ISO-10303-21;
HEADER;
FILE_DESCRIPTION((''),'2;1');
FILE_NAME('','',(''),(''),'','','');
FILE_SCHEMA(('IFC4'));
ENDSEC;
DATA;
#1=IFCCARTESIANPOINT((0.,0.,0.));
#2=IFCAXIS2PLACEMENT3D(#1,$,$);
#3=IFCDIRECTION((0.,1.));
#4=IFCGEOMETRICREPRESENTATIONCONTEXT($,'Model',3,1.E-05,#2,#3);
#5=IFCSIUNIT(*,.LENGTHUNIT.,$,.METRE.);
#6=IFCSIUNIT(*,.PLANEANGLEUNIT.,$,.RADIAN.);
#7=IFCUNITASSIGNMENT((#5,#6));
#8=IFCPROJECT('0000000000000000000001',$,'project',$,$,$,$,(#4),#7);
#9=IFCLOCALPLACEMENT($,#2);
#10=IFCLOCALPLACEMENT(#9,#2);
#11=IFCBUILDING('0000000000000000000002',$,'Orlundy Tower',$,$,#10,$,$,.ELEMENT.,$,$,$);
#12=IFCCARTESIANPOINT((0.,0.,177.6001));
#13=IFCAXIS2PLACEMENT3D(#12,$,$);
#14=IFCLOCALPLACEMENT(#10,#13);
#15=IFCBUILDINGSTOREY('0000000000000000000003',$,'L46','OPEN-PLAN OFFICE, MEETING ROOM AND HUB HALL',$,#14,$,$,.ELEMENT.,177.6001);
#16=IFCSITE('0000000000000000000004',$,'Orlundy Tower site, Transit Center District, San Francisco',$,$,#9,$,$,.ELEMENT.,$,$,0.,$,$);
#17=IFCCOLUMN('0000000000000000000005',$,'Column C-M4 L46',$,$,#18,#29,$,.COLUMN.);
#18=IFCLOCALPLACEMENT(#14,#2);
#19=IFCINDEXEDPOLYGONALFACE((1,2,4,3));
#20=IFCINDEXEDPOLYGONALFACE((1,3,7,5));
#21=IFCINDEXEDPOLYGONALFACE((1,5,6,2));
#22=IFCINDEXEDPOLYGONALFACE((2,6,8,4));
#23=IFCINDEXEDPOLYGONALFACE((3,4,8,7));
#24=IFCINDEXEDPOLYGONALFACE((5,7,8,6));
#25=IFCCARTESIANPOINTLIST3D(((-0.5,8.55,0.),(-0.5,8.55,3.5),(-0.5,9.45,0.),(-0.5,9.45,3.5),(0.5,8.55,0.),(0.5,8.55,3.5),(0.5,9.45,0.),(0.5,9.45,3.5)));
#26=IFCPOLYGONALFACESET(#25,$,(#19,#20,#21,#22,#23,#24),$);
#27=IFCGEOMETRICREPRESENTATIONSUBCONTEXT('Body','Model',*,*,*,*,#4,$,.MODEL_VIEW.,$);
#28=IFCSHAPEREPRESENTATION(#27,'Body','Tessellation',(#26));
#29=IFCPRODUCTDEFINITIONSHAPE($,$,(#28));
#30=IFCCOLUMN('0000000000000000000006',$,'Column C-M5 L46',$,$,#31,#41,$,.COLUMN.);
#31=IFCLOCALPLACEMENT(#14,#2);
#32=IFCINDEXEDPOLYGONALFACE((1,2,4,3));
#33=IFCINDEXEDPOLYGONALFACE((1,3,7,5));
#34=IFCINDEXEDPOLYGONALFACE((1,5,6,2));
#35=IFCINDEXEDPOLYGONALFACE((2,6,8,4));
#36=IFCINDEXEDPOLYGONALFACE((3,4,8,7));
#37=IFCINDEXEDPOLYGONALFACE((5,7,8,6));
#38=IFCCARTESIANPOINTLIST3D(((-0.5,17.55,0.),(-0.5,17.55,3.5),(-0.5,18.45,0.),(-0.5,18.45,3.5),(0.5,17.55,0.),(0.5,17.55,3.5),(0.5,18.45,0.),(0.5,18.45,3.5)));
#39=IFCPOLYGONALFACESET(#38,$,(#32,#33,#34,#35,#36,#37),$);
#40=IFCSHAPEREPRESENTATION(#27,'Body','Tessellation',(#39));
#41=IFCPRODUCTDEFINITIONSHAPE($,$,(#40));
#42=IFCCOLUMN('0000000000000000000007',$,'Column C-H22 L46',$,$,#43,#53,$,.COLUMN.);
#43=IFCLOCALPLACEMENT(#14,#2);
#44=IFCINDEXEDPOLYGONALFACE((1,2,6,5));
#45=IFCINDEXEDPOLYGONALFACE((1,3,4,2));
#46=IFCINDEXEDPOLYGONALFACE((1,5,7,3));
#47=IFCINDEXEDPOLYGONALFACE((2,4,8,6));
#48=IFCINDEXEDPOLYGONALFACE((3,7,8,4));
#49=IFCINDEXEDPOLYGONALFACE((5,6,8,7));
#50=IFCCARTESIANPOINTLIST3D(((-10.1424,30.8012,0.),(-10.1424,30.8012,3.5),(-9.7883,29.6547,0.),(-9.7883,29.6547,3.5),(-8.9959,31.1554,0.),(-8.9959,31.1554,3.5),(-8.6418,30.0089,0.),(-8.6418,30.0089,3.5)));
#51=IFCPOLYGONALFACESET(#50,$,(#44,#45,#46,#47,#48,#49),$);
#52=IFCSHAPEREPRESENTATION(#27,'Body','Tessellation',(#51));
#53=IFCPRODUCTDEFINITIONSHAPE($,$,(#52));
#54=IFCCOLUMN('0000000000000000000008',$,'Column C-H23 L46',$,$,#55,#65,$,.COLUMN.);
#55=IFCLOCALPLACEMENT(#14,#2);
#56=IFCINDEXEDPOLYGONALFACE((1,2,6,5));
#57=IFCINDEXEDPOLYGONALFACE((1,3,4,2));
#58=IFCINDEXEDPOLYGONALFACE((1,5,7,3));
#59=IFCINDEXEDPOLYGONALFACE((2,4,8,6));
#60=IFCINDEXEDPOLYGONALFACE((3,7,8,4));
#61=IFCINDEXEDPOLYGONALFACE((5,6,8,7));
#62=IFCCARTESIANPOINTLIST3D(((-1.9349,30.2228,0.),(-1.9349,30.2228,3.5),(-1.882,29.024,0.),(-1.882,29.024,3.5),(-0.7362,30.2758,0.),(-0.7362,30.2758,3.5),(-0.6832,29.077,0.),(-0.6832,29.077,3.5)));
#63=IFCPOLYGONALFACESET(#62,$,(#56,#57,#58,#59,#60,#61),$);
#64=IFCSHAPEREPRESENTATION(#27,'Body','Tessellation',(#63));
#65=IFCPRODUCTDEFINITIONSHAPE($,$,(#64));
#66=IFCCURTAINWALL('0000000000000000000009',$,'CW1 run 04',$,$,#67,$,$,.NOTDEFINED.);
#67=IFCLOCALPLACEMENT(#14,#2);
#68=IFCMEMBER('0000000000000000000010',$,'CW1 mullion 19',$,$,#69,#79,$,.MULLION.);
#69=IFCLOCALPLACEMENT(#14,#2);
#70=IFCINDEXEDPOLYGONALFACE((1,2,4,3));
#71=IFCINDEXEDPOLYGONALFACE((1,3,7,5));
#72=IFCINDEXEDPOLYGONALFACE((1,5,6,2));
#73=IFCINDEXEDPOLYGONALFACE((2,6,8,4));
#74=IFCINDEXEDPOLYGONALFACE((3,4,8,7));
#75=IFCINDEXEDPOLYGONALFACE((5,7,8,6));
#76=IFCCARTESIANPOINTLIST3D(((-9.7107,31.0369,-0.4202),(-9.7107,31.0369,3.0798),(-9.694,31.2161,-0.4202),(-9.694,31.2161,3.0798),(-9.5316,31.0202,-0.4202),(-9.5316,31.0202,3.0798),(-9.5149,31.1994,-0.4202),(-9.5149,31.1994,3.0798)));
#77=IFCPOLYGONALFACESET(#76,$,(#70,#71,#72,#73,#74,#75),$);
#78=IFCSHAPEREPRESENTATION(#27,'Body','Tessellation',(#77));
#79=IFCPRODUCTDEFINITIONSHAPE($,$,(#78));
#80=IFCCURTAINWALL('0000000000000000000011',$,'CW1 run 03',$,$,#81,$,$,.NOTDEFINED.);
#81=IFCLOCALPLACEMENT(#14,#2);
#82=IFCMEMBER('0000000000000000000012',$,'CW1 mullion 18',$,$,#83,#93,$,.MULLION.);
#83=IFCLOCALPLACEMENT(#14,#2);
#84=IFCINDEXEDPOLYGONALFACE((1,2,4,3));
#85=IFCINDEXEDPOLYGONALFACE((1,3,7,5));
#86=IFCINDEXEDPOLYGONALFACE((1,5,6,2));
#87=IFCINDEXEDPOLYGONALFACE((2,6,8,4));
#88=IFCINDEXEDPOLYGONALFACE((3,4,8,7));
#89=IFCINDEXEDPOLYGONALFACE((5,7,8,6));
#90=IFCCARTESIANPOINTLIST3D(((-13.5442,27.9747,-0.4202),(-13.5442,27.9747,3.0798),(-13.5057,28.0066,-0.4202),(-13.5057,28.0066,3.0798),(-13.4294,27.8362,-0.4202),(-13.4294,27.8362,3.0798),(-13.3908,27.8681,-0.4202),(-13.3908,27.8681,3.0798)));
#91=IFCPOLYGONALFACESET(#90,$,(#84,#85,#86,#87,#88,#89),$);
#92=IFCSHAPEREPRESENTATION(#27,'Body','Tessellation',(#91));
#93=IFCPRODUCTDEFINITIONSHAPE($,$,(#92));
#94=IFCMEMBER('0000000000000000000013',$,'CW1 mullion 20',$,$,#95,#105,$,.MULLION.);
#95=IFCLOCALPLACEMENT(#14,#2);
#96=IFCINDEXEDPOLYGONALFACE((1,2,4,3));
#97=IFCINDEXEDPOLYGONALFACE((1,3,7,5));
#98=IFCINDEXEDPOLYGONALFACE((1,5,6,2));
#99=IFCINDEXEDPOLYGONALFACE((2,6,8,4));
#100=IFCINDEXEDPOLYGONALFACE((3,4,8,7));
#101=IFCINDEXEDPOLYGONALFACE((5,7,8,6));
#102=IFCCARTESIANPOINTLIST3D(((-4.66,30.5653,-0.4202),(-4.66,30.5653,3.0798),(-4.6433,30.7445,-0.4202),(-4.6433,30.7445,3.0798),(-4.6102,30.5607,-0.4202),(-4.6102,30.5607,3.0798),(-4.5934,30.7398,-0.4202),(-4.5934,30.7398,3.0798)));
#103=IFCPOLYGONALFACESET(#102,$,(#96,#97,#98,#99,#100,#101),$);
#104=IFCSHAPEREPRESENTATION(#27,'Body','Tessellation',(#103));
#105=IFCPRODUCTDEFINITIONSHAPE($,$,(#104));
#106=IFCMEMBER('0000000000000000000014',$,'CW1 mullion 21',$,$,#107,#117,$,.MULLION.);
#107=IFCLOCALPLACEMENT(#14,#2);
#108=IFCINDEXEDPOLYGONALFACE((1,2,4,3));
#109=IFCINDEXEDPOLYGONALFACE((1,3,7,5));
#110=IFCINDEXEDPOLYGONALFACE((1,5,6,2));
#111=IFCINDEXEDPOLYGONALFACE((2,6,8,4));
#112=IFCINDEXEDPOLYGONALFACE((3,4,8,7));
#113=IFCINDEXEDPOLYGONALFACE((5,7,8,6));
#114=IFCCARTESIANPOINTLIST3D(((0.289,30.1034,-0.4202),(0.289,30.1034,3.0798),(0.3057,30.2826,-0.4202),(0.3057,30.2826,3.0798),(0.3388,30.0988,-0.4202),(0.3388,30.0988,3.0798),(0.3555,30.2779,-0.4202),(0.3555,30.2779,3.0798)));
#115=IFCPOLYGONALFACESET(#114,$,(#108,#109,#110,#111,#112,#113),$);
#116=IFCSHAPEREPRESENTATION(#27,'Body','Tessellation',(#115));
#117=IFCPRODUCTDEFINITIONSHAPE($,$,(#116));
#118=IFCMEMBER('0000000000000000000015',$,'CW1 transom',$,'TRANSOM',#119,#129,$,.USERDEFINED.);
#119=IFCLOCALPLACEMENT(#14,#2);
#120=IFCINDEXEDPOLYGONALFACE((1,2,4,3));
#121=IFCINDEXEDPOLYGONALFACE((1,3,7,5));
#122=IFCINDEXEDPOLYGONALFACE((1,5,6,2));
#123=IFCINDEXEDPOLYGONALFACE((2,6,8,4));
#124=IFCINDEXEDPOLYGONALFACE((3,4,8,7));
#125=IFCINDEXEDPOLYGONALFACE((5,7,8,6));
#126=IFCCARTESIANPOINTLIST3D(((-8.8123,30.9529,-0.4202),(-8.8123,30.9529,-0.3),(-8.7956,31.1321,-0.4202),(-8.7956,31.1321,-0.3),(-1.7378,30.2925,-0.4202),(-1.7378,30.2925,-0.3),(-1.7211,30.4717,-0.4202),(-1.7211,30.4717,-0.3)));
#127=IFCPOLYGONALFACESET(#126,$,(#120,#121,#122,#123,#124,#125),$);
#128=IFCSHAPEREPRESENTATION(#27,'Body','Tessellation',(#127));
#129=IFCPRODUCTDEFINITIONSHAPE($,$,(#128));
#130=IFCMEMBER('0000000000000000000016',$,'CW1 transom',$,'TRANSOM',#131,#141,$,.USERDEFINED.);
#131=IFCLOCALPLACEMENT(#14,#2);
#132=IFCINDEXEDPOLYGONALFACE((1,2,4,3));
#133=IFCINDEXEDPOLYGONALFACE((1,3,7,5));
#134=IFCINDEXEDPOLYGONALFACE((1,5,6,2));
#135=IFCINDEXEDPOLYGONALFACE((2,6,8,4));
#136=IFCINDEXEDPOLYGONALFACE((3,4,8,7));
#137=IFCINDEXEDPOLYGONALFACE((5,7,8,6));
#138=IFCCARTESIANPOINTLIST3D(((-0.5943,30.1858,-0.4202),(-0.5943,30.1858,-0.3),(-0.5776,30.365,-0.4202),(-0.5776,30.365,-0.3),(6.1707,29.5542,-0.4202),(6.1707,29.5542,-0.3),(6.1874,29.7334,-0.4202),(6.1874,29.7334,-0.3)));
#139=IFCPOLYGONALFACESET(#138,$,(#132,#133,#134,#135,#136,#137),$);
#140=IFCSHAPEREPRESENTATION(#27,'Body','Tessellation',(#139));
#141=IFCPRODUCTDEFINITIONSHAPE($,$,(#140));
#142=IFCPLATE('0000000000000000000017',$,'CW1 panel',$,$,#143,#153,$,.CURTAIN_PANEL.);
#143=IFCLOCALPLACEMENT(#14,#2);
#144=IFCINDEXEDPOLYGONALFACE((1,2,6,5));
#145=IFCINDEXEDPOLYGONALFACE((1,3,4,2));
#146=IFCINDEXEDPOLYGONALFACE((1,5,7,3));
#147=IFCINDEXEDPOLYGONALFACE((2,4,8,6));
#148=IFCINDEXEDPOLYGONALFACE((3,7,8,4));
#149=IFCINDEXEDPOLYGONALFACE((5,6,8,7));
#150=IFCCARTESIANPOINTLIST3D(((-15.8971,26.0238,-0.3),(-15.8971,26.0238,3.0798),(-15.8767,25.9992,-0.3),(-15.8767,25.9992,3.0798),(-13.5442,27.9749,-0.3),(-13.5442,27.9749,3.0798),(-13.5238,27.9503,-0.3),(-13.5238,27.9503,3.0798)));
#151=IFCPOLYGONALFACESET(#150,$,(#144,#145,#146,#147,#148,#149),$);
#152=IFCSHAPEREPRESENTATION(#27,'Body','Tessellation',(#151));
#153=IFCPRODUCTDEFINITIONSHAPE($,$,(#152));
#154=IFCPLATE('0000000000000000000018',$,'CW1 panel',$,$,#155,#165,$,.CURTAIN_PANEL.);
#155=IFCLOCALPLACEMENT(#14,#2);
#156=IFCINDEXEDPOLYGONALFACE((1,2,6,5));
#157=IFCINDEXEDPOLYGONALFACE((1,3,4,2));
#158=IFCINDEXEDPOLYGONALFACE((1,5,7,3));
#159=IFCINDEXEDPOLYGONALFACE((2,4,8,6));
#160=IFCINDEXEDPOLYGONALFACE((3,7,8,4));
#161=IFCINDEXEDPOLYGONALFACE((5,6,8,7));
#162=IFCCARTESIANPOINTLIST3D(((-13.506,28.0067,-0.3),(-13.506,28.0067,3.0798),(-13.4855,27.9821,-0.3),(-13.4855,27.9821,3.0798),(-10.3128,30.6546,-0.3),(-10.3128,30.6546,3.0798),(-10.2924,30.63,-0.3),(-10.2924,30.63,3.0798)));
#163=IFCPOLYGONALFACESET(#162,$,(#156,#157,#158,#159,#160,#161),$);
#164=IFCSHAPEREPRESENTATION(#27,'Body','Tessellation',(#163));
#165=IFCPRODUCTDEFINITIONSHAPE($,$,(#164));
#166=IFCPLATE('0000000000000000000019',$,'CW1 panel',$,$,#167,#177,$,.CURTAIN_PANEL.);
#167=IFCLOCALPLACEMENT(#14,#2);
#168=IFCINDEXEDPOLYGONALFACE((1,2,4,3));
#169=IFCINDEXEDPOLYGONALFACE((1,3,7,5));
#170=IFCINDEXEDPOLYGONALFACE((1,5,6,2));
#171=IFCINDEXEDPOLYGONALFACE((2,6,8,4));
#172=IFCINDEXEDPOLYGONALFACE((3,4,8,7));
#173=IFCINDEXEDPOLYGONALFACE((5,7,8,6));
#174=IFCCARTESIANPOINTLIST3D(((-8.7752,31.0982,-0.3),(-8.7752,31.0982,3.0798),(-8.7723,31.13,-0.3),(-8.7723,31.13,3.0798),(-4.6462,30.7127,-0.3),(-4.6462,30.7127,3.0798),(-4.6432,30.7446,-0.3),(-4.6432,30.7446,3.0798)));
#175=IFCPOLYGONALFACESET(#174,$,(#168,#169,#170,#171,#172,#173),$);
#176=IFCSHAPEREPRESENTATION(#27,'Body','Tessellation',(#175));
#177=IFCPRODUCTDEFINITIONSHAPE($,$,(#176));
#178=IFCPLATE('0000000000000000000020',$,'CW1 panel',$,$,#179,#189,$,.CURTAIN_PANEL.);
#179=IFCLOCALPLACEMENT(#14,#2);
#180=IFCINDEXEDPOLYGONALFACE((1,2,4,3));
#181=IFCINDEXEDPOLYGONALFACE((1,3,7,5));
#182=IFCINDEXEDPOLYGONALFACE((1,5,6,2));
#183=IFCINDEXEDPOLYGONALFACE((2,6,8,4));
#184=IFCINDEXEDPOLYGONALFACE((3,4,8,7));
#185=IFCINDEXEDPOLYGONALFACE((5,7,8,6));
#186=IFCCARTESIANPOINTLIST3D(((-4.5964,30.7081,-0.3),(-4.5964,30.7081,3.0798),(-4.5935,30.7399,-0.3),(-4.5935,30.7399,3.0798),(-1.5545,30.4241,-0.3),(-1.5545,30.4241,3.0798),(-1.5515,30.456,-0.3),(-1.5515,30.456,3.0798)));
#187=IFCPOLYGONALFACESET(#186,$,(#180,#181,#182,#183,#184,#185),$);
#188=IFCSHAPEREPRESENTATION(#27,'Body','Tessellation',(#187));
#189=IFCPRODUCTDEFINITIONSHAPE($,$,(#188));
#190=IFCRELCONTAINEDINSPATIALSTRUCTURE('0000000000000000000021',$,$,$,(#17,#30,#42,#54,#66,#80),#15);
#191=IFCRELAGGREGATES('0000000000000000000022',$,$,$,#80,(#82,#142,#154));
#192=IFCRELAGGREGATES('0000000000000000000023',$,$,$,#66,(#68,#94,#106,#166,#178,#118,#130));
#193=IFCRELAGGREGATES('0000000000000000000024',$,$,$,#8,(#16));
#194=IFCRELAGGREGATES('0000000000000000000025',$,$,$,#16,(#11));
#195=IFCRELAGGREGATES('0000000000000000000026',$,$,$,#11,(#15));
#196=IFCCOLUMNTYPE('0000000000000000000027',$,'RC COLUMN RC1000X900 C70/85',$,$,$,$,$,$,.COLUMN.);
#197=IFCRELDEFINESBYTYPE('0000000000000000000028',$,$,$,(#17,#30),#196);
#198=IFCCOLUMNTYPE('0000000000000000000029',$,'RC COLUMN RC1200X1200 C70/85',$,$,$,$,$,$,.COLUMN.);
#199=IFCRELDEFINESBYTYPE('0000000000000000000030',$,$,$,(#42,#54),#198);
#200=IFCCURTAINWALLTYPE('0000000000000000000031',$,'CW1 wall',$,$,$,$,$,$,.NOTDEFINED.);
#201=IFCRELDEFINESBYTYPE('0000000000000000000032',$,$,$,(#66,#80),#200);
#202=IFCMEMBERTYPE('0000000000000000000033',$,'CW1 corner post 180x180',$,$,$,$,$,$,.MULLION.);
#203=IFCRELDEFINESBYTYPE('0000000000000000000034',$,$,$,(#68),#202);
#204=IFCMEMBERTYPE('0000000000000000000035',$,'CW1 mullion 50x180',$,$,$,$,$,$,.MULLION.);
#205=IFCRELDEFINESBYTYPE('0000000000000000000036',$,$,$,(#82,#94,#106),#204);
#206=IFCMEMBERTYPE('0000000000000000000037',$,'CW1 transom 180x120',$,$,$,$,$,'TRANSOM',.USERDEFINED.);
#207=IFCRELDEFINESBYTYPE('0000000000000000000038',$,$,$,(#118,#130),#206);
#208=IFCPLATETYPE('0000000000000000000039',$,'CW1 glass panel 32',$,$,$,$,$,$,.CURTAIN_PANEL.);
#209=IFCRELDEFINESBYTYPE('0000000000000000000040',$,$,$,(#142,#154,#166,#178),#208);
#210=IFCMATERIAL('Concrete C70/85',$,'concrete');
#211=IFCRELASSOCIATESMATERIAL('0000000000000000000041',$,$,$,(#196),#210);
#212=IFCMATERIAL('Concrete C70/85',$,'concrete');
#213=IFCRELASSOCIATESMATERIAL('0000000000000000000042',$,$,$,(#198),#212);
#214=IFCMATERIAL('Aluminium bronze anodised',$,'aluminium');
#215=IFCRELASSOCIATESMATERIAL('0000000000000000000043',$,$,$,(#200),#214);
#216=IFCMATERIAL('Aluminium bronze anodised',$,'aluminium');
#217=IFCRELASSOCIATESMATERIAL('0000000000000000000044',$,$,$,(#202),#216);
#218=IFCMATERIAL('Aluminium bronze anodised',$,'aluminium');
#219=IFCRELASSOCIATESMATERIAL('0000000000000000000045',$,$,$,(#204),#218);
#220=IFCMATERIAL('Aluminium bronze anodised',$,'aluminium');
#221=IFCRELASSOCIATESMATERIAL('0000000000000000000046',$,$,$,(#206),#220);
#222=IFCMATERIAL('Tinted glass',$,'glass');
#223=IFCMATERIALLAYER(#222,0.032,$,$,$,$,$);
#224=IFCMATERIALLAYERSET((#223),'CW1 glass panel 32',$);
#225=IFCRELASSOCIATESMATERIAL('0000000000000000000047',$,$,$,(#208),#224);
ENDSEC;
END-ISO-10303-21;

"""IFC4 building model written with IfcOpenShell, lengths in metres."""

from ifc_helpers import new_model, si_unit, direction, frame, origin, origin_2d, place, context, subcontext, project, spatial, rectangle, extrude, material, layer, layer_set, material_profile, profile_set, type_object, element, aggregate, save


model = new_model("IFC4")

# Units and contexts
model_context = context("Model", 3, precision=1e-05, world=origin(), true_north=direction((0.0, 1.0)))
body_context = subcontext(model_context, "Body", "Model", "MODEL_VIEW")
ifc_project = project(units=[si_unit("LENGTHUNIT", "METRE"), si_unit("PLANEANGLEUNIT", "RADIAN")], contexts=[model_context])

# Site, building, storey
site_placement = place(None, origin())
site = spatial("IfcSite", under=ifc_project, at=site_placement, Name="Orlundy Tower site, Transit Center District, San Francisco", CompositionType="ELEMENT", RefElevation=0.0)
building_placement = place(site_placement, origin())
building = spatial("IfcBuilding", under=site, at=building_placement, Name="Orlundy Tower", CompositionType="ELEMENT")
storey_placement = place(building_placement, frame((0.0, 0.0, 177.6001)))
storey = spatial("IfcBuildingStorey", under=building, at=storey_placement, Name="L46", Description="OPEN-PLAN OFFICE, MEETING ROOM AND HUB HALL", CompositionType="ELEMENT", Elevation=177.6001)

# Columns
ifc_material_1 = material(Name="Concrete C70/85", Category="concrete")
ifc_material_profile_1 = material_profile(ifc_material_1, rectangle(XDim=1.0, YDim=0.8999, at=origin_2d()), Name="RC1000X900")
ifc_profile_set_1 = profile_set([ifc_material_profile_1], Name="Concrete C70/85")
column_type_1 = type_object("IfcColumnType", Name="RC COLUMN RC1000X900 C70/85", PredefinedType="COLUMN", material=ifc_profile_set_1)
for number, where, z_axis, x_axis, name in (
    (1, (0.0, 9.0, 0.0), (0.0, 0.0, 1.0), (1.0, 0.0, 0.0), "Column C-M4 L46"),
    (2, (0.0, 18.0, 0.0), (0.0, 0.0, 1.0), (1.0, 0.0, 0.0), "Column C-M5 L46"),
):
    element("IfcColumn", number, at=place(storey_placement, frame(where, z_axis=z_axis, x_axis=x_axis)), inside=storey, type_object=column_type_1, Name=name, PredefinedType="COLUMN", context=body_context, shape_type="SweptSolid", body=[
        extrude(rectangle(XDim=1.0, YDim=0.8999, at=origin_2d()), origin(), (0.0, 0.0, 1.0), 3.5),
    ])
ifc_material_2 = material(Name="Concrete C70/85", Category="concrete")
ifc_material_profile_2 = material_profile(ifc_material_2, rectangle(XDim=1.2, YDim=1.2, at=origin_2d()), Name="RC1200X1200")
ifc_profile_set_2 = profile_set([ifc_material_profile_2], Name="Concrete C70/85")
column_type_2 = type_object("IfcColumnType", Name="RC COLUMN RC1200X1200 C70/85", PredefinedType="COLUMN", material=ifc_profile_set_2)
for number, where, z_axis, x_axis, name in (
    (3, (-9.3921, 30.405, 0.0), (0.0, 0.0, 1.0), (-0.295141, 0.955454, 0.0), "Column C-H22 L46"),
    (4, (-1.3091, 29.6499, 0.0), (0.0, 0.0, 1.0), (-0.044108, 0.999027, 0.0), "Column C-H23 L46"),
):
    element("IfcColumn", number, at=place(storey_placement, frame(where, z_axis=z_axis, x_axis=x_axis)), inside=storey, type_object=column_type_2, Name=name, PredefinedType="COLUMN", context=body_context, shape_type="SweptSolid", body=[
        extrude(rectangle(XDim=1.2, YDim=1.2, at=origin_2d()), origin(), (0.0, 0.0, 1.0), 3.5),
    ])

# Curtain walls, members
ifc_material_3 = material(Name="Aluminium bronze anodised", Category="aluminium")
curtain_wall_type = type_object("IfcCurtainWallType", Name="CW1 wall", PredefinedType="NOTDEFINED", material=ifc_material_3)
curtain_wall_1_placement = place(storey_placement, origin())
curtain_wall_1 = element("IfcCurtainWall", 5, at=curtain_wall_1_placement, inside=storey, type_object=curtain_wall_type, Name="CW1 run 04", PredefinedType="NOTDEFINED")
ifc_material_4 = material(Name="Aluminium bronze anodised", Category="aluminium")
ifc_material_profile_3 = material_profile(ifc_material_4, rectangle(XDim=0.1799, YDim=0.1799, at=origin_2d()), Name="CW1 corner post 180x180")
ifc_profile_set_3 = profile_set([ifc_material_profile_3], Name="Aluminium bronze anodised")
member_type_1 = type_object("IfcMemberType", Name="CW1 corner post 180x180", PredefinedType="MULLION", material=ifc_profile_set_3)
member_1_placement = place(storey_placement, frame((-9.6128, 31.1182, -0.4202), z_axis=(0.0, 0.0, 1.0), x_axis=(0.092948, 0.995671, 0.0)))
member_1 = element("IfcMember", 6, at=member_1_placement, type_object=member_type_1, Name="CW1 mullion 19", PredefinedType="MULLION", context=body_context, shape_type="SweptSolid", body=[
    extrude(rectangle(XDim=0.1799, YDim=0.1799, at=origin_2d()), origin(), (0.0, 0.0, 1.0), 3.5),
])
curtain_wall_2_placement = place(storey_placement, origin())
curtain_wall_2 = element("IfcCurtainWall", 7, at=curtain_wall_2_placement, inside=storey, type_object=curtain_wall_type, Name="CW1 run 03", PredefinedType="NOTDEFINED")
ifc_material_5 = material(Name="Aluminium bronze anodised", Category="aluminium")
ifc_material_profile_4 = material_profile(ifc_material_5, rectangle(XDim=0.1799, YDim=0.05, at=origin_2d()), Name="CW1 mullion 50x180")
ifc_profile_set_4 = profile_set([ifc_material_profile_4], Name="Aluminium bronze anodised")
member_type_2 = type_object("IfcMemberType", Name="CW1 mullion 50x180", PredefinedType="MULLION", material=ifc_profile_set_4)
member_2_placement = place(storey_placement, frame((-13.4675, 27.9214, -0.4202), z_axis=(0.0, 0.0, 1.0), x_axis=(-0.638318, 0.769772, 0.0)))
member_2 = element("IfcMember", 8, at=member_2_placement, type_object=member_type_2, Name="CW1 mullion 18", PredefinedType="MULLION", context=body_context, shape_type="SweptSolid", body=[
    extrude(rectangle(XDim=0.1799, YDim=0.05, at=origin_2d()), origin(), (0.0, 0.0, 1.0), 3.5),
])

# Members
member_3_placement = place(storey_placement, frame((-4.6267, 30.6526, -0.4202), z_axis=(0.0, 0.0, 1.0), x_axis=(0.092948, 0.995671, 0.0)))
member_3 = element("IfcMember", 9, at=member_3_placement, type_object=member_type_2, Name="CW1 mullion 20", PredefinedType="MULLION", context=body_context, shape_type="SweptSolid", body=[
    extrude(rectangle(XDim=0.1799, YDim=0.05, at=origin_2d()), origin(), (0.0, 0.0, 1.0), 3.5),
])
member_4_placement = place(storey_placement, frame((0.3223, 30.1907, -0.4202), z_axis=(0.0, 0.0, 1.0), x_axis=(0.092948, 0.995671, 0.0)))
member_4 = element("IfcMember", 10, at=member_4_placement, type_object=member_type_2, Name="CW1 mullion 21", PredefinedType="MULLION", context=body_context, shape_type="SweptSolid", body=[
    extrude(rectangle(XDim=0.1799, YDim=0.05, at=origin_2d()), origin(), (0.0, 0.0, 1.0), 3.5),
])
ifc_material_6 = material(Name="Aluminium bronze anodised", Category="aluminium")
ifc_material_profile_5 = material_profile(ifc_material_6, rectangle(XDim=0.1799, YDim=0.1201, at=origin_2d()), Name="CW1 transom 180x120")
ifc_profile_set_5 = profile_set([ifc_material_profile_5], Name="Aluminium bronze anodised")
member_type_3 = type_object("IfcMemberType", Name="CW1 transom 180x120", ElementType="TRANSOM", PredefinedType="USERDEFINED", material=ifc_profile_set_5)
member_5_placement = place(storey_placement, frame((-8.804, 31.0425, -0.3601), z_axis=(0.995671, -0.092946, 0.0), x_axis=(0.092946, 0.995671, 0.0)))
member_5 = element("IfcMember", 11, at=member_5_placement, type_object=member_type_3, Name="CW1 transom", ObjectType="TRANSOM", PredefinedType="USERDEFINED", context=body_context, shape_type="SweptSolid", body=[
    extrude(rectangle(XDim=0.1799, YDim=0.1201, at=origin_2d()), origin(), (0.0, 0.0, 1.0), 7.1052),
])
member_6_placement = place(storey_placement, frame((-0.5859, 30.2754, -0.3601), z_axis=(0.99567, -0.092956, 0.0), x_axis=(0.092956, 0.99567, 0.0)))
member_6 = element("IfcMember", 12, at=member_6_placement, type_object=member_type_3, Name="CW1 transom", ObjectType="TRANSOM", PredefinedType="USERDEFINED", context=body_context, shape_type="SweptSolid", body=[
    extrude(rectangle(XDim=0.1799, YDim=0.1201, at=origin_2d()), origin(), (0.0, 0.0, 1.0), 6.7944),
])

# Plates
ifc_material_7 = material(Name="Tinted glass", Category="glass")
ifc_layer_1 = layer(ifc_material_7, 0.032)
ifc_layer_set_1 = layer_set([ifc_layer_1], Name="CW1 glass panel 32")
plate_type = type_object("IfcPlateType", Name="CW1 glass panel 32", PredefinedType="CURTAIN_PANEL", material=ifc_layer_set_1)
plate_1_placement = place(storey_placement, frame((-14.7104, 26.9871, -0.3), z_axis=(0.0, 0.0, 1.0), x_axis=(0.769772, 0.638318, 0.0)))
plate_1 = element("IfcPlate", 13, at=plate_1_placement, type_object=plate_type, Name="CW1 panel", PredefinedType="CURTAIN_PANEL", context=body_context, shape_type="SweptSolid", body=[
    extrude(rectangle(XDim=3.0566, YDim=0.032, at=origin_2d()), origin(), (0.0, 0.0, 1.0), 3.3799),
])
plate_2_placement = place(storey_placement, frame((-11.8992, 29.3184, -0.3), z_axis=(0.0, 0.0, 1.0), x_axis=(0.769772, 0.638318, 0.0)))
plate_2 = element("IfcPlate", 14, at=plate_2_placement, type_object=plate_type, Name="CW1 panel", PredefinedType="CURTAIN_PANEL", context=body_context, shape_type="SweptSolid", body=[
    extrude(rectangle(XDim=4.1482, YDim=0.032, at=origin_2d()), origin(), (0.0, 0.0, 1.0), 3.3799),
])
aggregate(curtain_wall_2, [member_2, plate_1, plate_2])
plate_3_placement = place(storey_placement, frame((-6.7092, 30.9214, -0.3), z_axis=(0.0, 0.0, 1.0), x_axis=(0.995671, -0.092948, 0.0)))
plate_3 = element("IfcPlate", 15, at=plate_3_placement, type_object=plate_type, Name="CW1 panel", PredefinedType="CURTAIN_PANEL", context=body_context, shape_type="SweptSolid", body=[
    extrude(rectangle(XDim=4.147, YDim=0.032, at=origin_2d()), origin(), (0.0, 0.0, 1.0), 3.3799),
])
plate_4_placement = place(storey_placement, frame((-3.074, 30.582, -0.3), z_axis=(0.0, 0.0, 1.0), x_axis=(0.995671, -0.092948, 0.0)))
plate_4 = element("IfcPlate", 16, at=plate_4_placement, type_object=plate_type, Name="CW1 panel", PredefinedType="CURTAIN_PANEL", context=body_context, shape_type="SweptSolid", body=[
    extrude(rectangle(XDim=3.0552, YDim=0.032, at=origin_2d()), origin(), (0.0, 0.0, 1.0), 3.3799),
])
aggregate(curtain_wall_1, [member_1, member_3, member_4, plate_3, plate_4, member_5, member_6])

save(model, "model.ifc")
